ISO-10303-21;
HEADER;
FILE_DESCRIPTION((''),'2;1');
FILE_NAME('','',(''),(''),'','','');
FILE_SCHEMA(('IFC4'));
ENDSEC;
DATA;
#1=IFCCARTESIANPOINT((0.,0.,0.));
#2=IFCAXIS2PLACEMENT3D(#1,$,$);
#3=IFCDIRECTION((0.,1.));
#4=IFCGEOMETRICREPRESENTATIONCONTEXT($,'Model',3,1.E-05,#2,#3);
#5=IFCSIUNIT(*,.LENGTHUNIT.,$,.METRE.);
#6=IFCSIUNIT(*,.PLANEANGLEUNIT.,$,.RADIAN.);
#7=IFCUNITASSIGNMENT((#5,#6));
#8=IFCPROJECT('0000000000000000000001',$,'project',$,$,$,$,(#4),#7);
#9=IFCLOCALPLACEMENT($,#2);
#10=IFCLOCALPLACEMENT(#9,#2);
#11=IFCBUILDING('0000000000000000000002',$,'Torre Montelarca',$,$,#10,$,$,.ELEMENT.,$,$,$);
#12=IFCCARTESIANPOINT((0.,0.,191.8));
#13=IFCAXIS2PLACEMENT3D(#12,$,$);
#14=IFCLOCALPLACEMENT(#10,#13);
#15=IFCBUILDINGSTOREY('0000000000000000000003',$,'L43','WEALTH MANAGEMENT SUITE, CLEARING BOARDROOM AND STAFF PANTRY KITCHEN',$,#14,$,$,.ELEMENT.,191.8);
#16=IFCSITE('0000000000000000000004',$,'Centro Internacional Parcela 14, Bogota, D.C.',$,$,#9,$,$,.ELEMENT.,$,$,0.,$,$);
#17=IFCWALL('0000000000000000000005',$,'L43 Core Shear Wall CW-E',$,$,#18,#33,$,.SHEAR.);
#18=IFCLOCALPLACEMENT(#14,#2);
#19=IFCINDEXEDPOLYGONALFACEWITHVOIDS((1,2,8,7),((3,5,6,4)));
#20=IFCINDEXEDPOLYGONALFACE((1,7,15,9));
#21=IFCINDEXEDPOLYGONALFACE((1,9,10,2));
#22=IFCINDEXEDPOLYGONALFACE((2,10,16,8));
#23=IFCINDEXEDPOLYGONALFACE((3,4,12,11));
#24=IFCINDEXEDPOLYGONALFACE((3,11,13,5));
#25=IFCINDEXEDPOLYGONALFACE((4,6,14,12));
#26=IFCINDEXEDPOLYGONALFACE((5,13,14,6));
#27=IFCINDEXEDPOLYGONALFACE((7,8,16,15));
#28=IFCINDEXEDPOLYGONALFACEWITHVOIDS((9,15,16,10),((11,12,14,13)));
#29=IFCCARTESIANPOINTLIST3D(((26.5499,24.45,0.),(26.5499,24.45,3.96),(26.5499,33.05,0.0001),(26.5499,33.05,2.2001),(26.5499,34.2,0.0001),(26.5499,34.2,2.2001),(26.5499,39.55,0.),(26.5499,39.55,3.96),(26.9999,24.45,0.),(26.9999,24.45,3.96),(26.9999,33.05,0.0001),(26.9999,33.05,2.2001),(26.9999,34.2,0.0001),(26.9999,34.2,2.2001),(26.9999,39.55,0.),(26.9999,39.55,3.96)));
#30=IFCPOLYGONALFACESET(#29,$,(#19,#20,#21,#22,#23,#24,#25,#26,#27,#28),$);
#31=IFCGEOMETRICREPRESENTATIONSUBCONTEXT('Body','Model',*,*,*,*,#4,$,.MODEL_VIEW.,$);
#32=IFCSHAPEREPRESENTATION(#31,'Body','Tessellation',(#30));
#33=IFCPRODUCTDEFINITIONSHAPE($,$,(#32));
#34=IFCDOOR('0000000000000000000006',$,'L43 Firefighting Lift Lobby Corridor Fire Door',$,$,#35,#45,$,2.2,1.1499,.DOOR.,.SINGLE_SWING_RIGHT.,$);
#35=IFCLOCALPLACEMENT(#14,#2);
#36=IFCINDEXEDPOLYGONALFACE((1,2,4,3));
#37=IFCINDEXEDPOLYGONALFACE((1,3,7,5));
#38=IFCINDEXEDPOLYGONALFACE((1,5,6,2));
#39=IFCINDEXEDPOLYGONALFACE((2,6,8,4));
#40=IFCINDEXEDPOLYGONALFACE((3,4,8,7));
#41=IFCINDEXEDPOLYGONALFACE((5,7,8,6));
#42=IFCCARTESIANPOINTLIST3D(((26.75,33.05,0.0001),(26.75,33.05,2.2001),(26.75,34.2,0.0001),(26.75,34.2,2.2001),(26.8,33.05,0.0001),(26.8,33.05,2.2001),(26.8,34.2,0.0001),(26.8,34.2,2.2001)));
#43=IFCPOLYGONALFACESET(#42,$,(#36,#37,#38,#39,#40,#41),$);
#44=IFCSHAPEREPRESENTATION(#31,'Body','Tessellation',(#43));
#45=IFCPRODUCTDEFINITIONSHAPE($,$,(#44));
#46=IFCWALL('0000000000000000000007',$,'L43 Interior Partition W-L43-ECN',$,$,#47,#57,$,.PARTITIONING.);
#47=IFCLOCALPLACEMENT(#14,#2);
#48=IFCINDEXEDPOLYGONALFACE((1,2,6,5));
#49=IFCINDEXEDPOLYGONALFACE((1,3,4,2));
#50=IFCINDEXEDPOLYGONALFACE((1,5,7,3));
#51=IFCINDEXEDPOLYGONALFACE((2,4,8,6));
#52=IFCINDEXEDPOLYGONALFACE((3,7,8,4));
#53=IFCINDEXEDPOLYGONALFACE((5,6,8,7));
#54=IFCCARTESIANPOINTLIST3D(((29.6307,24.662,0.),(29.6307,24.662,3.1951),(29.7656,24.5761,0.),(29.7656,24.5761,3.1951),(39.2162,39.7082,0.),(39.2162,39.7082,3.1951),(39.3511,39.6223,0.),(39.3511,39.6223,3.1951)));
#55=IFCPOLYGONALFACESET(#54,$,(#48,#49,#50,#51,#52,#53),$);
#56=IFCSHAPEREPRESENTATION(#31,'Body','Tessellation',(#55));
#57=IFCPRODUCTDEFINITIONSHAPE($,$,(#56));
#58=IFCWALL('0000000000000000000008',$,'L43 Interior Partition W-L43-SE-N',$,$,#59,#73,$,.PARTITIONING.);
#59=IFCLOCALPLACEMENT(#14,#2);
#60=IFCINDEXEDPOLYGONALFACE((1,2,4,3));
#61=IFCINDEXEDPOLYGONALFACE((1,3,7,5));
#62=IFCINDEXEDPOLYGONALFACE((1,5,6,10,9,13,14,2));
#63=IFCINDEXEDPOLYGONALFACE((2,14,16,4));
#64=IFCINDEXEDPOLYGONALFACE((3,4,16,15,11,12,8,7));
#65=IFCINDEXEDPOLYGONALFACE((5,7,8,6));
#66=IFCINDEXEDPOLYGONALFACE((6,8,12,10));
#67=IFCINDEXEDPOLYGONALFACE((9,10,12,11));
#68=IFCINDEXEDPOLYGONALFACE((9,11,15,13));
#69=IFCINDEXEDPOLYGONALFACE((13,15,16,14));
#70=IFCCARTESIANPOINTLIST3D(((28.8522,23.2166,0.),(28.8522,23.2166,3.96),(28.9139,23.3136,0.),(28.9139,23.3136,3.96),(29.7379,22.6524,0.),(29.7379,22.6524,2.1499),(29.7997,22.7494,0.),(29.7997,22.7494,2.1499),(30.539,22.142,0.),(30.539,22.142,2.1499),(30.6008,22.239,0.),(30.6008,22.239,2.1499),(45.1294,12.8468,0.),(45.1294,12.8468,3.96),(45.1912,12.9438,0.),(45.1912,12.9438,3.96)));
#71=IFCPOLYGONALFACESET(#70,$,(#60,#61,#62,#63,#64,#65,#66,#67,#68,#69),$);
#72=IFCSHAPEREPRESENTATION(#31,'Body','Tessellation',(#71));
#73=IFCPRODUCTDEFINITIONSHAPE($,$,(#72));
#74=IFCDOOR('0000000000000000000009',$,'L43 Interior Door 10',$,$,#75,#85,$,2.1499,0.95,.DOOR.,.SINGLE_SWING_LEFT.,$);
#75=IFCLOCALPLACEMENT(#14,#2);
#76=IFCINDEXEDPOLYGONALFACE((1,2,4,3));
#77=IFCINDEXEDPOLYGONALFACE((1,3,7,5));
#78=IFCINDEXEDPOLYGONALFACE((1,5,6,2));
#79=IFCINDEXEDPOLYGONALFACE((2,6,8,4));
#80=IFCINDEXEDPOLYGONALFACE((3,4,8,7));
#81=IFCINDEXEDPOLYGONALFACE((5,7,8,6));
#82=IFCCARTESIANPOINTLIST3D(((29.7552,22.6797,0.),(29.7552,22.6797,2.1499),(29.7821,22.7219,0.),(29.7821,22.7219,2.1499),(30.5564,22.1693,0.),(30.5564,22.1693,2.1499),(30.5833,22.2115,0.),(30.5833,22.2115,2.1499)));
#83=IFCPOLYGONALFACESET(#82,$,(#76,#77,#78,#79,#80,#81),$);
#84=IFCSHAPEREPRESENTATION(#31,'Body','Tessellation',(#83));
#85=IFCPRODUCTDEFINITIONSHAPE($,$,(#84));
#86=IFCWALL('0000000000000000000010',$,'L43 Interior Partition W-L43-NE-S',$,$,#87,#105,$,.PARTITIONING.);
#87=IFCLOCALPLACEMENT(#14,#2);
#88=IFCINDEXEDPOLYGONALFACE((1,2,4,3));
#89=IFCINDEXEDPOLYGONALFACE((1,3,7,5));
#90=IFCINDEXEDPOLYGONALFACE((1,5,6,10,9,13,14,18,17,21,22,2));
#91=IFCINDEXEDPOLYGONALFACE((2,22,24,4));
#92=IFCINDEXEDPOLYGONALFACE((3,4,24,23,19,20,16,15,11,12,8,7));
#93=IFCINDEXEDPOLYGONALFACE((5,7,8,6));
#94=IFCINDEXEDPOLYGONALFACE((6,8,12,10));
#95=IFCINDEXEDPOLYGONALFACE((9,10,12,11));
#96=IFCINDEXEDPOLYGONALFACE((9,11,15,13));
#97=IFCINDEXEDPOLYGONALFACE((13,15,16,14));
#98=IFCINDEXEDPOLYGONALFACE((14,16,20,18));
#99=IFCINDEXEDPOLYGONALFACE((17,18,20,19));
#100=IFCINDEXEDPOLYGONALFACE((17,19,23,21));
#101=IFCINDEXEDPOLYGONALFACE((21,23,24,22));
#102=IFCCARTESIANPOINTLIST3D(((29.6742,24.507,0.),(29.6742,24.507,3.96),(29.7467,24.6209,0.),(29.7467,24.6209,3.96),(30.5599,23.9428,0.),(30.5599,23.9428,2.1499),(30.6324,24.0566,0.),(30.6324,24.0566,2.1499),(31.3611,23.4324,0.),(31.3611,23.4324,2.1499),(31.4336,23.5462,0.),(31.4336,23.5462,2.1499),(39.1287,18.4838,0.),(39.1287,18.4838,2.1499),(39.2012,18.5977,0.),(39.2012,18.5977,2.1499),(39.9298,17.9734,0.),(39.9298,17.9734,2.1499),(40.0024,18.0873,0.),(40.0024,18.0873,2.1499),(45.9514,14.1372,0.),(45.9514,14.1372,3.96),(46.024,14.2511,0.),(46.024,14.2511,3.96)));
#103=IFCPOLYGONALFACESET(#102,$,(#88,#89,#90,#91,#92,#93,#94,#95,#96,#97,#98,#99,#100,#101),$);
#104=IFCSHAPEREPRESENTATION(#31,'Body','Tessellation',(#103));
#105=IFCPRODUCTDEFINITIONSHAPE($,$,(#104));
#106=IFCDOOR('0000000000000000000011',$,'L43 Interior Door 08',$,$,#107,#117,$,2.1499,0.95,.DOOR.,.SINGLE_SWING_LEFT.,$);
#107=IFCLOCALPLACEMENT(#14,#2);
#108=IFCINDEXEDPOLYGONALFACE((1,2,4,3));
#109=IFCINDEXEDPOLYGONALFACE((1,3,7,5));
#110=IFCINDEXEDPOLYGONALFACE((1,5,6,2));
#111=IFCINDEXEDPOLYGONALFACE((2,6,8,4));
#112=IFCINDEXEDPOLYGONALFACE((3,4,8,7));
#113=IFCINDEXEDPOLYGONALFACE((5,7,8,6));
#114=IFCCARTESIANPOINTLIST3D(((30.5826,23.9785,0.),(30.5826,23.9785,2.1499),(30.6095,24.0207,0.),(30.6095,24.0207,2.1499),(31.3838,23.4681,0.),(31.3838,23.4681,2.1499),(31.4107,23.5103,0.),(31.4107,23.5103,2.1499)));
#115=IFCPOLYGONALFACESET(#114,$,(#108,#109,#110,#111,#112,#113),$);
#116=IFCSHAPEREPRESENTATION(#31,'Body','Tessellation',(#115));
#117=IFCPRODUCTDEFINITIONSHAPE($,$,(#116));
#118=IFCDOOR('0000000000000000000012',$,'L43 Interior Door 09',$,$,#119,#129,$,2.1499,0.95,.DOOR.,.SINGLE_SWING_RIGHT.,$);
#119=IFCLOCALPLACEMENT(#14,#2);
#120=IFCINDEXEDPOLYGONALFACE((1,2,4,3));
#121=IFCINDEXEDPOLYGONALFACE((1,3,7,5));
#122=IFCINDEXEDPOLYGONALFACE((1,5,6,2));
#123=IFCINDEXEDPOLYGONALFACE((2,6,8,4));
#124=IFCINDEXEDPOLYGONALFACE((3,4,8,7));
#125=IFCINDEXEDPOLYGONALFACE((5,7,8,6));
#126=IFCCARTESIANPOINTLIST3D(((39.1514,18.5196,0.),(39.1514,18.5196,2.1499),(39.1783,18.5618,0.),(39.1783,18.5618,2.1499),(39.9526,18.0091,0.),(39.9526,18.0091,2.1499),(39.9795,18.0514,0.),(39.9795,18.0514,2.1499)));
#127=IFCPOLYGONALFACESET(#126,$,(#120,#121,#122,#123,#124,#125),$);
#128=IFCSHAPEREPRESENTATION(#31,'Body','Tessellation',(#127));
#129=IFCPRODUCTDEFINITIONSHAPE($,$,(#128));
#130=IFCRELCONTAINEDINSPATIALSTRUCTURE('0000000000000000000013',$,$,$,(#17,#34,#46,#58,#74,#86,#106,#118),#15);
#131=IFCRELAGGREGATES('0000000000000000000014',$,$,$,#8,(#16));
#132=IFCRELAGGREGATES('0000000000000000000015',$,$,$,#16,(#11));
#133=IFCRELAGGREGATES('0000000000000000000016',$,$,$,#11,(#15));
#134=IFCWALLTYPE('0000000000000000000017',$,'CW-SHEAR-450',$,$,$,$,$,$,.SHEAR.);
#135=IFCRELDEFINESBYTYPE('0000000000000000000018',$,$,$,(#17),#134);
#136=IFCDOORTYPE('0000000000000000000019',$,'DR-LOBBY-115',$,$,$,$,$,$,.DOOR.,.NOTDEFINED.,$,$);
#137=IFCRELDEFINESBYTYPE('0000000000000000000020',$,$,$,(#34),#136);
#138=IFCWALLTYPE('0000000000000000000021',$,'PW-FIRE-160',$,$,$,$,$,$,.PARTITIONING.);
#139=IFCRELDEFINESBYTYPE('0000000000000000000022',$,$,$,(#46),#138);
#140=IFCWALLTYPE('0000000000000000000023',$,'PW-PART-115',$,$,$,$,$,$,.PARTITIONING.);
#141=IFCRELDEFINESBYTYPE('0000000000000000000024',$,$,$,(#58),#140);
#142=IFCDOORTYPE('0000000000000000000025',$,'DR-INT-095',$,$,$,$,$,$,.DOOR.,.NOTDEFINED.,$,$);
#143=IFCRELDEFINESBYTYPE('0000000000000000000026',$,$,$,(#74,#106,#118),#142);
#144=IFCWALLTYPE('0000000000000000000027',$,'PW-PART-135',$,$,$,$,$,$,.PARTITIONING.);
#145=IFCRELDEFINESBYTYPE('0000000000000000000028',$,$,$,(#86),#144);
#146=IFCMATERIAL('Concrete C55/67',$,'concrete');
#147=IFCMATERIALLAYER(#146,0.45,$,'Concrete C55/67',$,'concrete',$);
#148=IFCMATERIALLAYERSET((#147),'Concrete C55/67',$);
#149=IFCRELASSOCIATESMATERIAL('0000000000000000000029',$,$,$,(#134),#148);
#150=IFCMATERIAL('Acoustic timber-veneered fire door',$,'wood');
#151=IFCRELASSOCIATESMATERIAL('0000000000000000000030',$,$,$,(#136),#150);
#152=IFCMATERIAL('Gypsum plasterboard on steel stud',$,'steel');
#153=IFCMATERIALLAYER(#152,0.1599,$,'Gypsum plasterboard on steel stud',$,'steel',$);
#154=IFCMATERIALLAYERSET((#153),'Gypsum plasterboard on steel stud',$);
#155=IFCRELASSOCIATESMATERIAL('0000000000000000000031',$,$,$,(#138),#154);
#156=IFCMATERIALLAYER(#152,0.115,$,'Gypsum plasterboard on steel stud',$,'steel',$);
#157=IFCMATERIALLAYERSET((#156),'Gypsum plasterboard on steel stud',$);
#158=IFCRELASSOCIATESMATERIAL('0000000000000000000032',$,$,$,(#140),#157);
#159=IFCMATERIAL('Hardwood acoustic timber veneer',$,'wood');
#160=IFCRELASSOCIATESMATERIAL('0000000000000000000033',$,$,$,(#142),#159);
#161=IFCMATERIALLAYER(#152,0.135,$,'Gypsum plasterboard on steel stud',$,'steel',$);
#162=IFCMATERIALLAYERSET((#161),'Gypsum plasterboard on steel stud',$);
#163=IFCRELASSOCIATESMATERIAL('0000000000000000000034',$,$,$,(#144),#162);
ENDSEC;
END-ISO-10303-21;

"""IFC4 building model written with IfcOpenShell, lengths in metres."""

from ifc_helpers import new_model, si_unit, direction, frame, frame_2d, origin, place, context, subcontext, project, spatial, rectangle, extrude, source, transform, mapped, material, layer, layer_set, type_object, element, fill, save


model = new_model("IFC4")

# Units and contexts
model_context = context("Model", 3, precision=1e-05, world=origin(), true_north=direction((0.0, 1.0)))
body_context = subcontext(model_context, "Body", "Model", "MODEL_VIEW")
ifc_project = project(units=[si_unit("LENGTHUNIT", "METRE"), si_unit("PLANEANGLEUNIT", "RADIAN")], contexts=[model_context])

# Site, building, storey
site_placement = place(None, origin())
site = spatial("IfcSite", under=ifc_project, at=site_placement, Name="Centro Internacional Parcela 14, Bogota, D.C.", CompositionType="ELEMENT", RefElevation=0.0)
building_placement = place(site_placement, origin())
building = spatial("IfcBuilding", under=site, at=building_placement, Name="Torre Montelarca", CompositionType="ELEMENT")
storey_placement = place(building_placement, frame((0.0, 0.0, 191.8)))
storey = spatial("IfcBuildingStorey", under=building, at=storey_placement, Name="L43", Description="WEALTH MANAGEMENT SUITE, CLEARING BOARDROOM AND STAFF PANTRY KITCHEN", CompositionType="ELEMENT", Elevation=191.8)

# Shared definitions
ifc_material_1 = material(Name="Concrete C55/67", Category="concrete")

# Wall, opening, door
ifc_layer_1 = layer(ifc_material_1, 0.45, Name="Concrete C55/67", Category="concrete")
ifc_layer_set_1 = layer_set([ifc_layer_1], Name="Concrete C55/67")
wall_type_1 = type_object("IfcWallType", Name="CW-SHEAR-450", PredefinedType="SHEAR", material=ifc_layer_set_1)
wall_1_placement = place(storey_placement, frame((26.7749, 24.45, 0.0), z_axis=(0.0, 0.0, 1.0), x_axis=(0.0, 1.0, 0.0)))
wall_1 = element("IfcWall", 1, at=wall_1_placement, inside=storey, type_object=wall_type_1, Name="L43 Core Shear Wall CW-E", PredefinedType="SHEAR", context=body_context, shape_type="SweptSolid", body=[
    extrude(rectangle(XDim=15.1001, YDim=0.45, at=frame_2d((7.55, 0.0))), origin(), (0.0, 0.0, 1.0), 3.96),
])
opening_1_placement = place(wall_1_placement, frame((8.6001, 0.0, 0.0)))
opening_1 = element("IfcOpeningElement", 2, at=opening_1_placement, cuts=wall_1, PredefinedType="OPENING", context=body_context, shape_type="SweptSolid", body=[
    extrude(rectangle(XDim=1.1499, YDim=2.2, at=frame_2d((0.575, 1.1001))), frame((0.0, 0.2349, 0.0), z_axis=(0.0, -1.0, 0.0), x_axis=(1.0, 0.0, 0.0)), (0.0, 0.0, 1.0), 0.47),
])
ifc_material_2 = material(Name="Acoustic timber-veneered fire door", Category="wood")
door_type_1 = type_object("IfcDoorType", Name="DR-LOBBY-115", OperationType="NOTDEFINED", PredefinedType="DOOR", material=ifc_material_2)
shared_shape_1 = source(origin(), body_context, "Body", "SweptSolid", [
    extrude(rectangle(XDim=1.1499, YDim=2.2, at=frame_2d((0.575, 1.1001))), frame((0.0, 0.0249, 0.0), z_axis=(0.0, -1.0, 0.0), x_axis=(1.0, 0.0, 0.0)), (0.0, 0.0, 1.0), 0.05),
])
door_1_placement = place(opening_1_placement, origin())
door_1 = element("IfcDoor", 3, at=door_1_placement, inside=storey, type_object=door_type_1, Name="L43 Firefighting Lift Lobby Corridor Fire Door", OperationType="SINGLE_SWING_RIGHT", OverallHeight=2.2, OverallWidth=1.1499, PredefinedType="DOOR", context=body_context, shape_type="MappedRepresentation", body=[
    mapped(shared_shape_1, transform((0.0, 0.0, 0.0), scale=1.0)),
])
fill(opening_1, door_1)

# Wall
ifc_material_3 = material(Name="Gypsum plasterboard on steel stud", Category="steel")
ifc_layer_2 = layer(ifc_material_3, 0.1599, Name="Gypsum plasterboard on steel stud", Category="steel")
ifc_layer_set_2 = layer_set([ifc_layer_2], Name="Gypsum plasterboard on steel stud")
wall_type_2 = type_object("IfcWallType", Name="PW-FIRE-160", PredefinedType="PARTITIONING", material=ifc_layer_set_2)
wall_2_placement = place(storey_placement, frame((29.6982, 24.6191, 0.0), z_axis=(0.0, 0.0, 1.0), x_axis=(0.5373, 0.843391, 0.0)))
element("IfcWall", 4, at=wall_2_placement, inside=storey, type_object=wall_type_2, Name="L43 Interior Partition W-L43-ECN", PredefinedType="PARTITIONING", context=body_context, shape_type="SweptSolid", body=[
    extrude(rectangle(XDim=17.8401, YDim=0.1599, at=frame_2d((8.9199, 0.0))), origin(), (0.0, 0.0, 1.0), 3.1951),
])

# Wall, opening, door
ifc_layer_3 = layer(ifc_material_3, 0.115, Name="Gypsum plasterboard on steel stud", Category="steel")
ifc_layer_set_3 = layer_set([ifc_layer_3], Name="Gypsum plasterboard on steel stud")
wall_type_3 = type_object("IfcWallType", Name="PW-PART-115", PredefinedType="PARTITIONING", material=ifc_layer_set_3)
wall_3_placement = place(storey_placement, frame((28.8831, 23.2651, 0.0), z_axis=(0.0, 0.0, 1.0), x_axis=(0.84339, -0.537302, 0.0)))
wall_3 = element("IfcWall", 5, at=wall_3_placement, inside=storey, type_object=wall_type_3, Name="L43 Interior Partition W-L43-SE-N", PredefinedType="PARTITIONING", context=body_context, shape_type="SweptSolid", body=[
    extrude(rectangle(XDim=19.2998, YDim=0.115, at=frame_2d((9.6499, 0.0))), origin(), (0.0, 0.0, 1.0), 3.96),
])
opening_2_placement = place(wall_3_placement, frame((1.05, 0.0, 0.0)))
opening_2 = element("IfcOpeningElement", 6, at=opening_2_placement, cuts=wall_3, PredefinedType="OPENING", context=body_context, shape_type="SweptSolid", body=[
    extrude(rectangle(XDim=0.95, YDim=2.1499, at=frame_2d((0.4751, 1.075))), frame((0.0, 0.0674, 0.0), z_axis=(0.0, -1.0, 0.0), x_axis=(1.0, 0.0, 0.0)), (0.0, 0.0, 1.0), 0.135),
])
ifc_material_4 = material(Name="Hardwood acoustic timber veneer", Category="wood")
door_type_2 = type_object("IfcDoorType", Name="DR-INT-095", OperationType="NOTDEFINED", PredefinedType="DOOR", material=ifc_material_4)
shared_shape_2 = source(origin(), body_context, "Body", "SweptSolid", [
    extrude(rectangle(XDim=0.95, YDim=2.1499, at=frame_2d((0.4751, 1.075))), frame((0.0, 0.0249, 0.0), z_axis=(0.0, -1.0, 0.0), x_axis=(1.0, 0.0, 0.0)), (0.0, 0.0, 1.0), 0.05),
])
door_2_placement = place(opening_2_placement, origin())
door_2 = element("IfcDoor", 7, at=door_2_placement, inside=storey, type_object=door_type_2, Name="L43 Interior Door 10", OperationType="SINGLE_SWING_LEFT", OverallHeight=2.1499, OverallWidth=0.95, PredefinedType="DOOR", context=body_context, shape_type="MappedRepresentation", body=[
    mapped(shared_shape_2, transform((0.0, 0.0, 0.0), scale=1.0)),
])
fill(opening_2, door_2)

# Wall, openings, doors
ifc_layer_4 = layer(ifc_material_3, 0.135, Name="Gypsum plasterboard on steel stud", Category="steel")
ifc_layer_set_4 = layer_set([ifc_layer_4], Name="Gypsum plasterboard on steel stud")
wall_type_4 = type_object("IfcWallType", Name="PW-PART-135", PredefinedType="PARTITIONING", material=ifc_layer_set_4)
wall_4_placement = place(storey_placement, frame((29.7104, 24.564, 0.0), z_axis=(0.0, 0.0, 1.0), x_axis=(0.84339, -0.537302, 0.0)))
wall_4 = element("IfcWall", 8, at=wall_4_placement, inside=storey, type_object=wall_type_4, Name="L43 Interior Partition W-L43-NE-S", PredefinedType="PARTITIONING", context=body_context, shape_type="SweptSolid", body=[
    extrude(rectangle(XDim=19.2998, YDim=0.135, at=frame_2d((9.6499, 0.0))), origin(), (0.0, 0.0, 1.0), 3.96),
])
opening_3_placement = place(wall_4_placement, frame((1.05, 0.0, 0.0)))
opening_3 = element("IfcOpeningElement", 9, at=opening_3_placement, cuts=wall_4, PredefinedType="OPENING", context=body_context, shape_type="SweptSolid", body=[
    extrude(rectangle(XDim=0.95, YDim=2.1499, at=frame_2d((0.4751, 1.075))), frame((0.0, 0.0776, 0.0), z_axis=(0.0, -1.0, 0.0), x_axis=(1.0, 0.0, 0.0)), (0.0, 0.0, 1.0), 0.155),
])
opening_4_placement = place(wall_4_placement, frame((11.21, 0.0, 0.0)))
opening_4 = element("IfcOpeningElement", 10, at=opening_4_placement, cuts=wall_4, PredefinedType="OPENING", context=body_context, shape_type="SweptSolid", body=[
    extrude(rectangle(XDim=0.95, YDim=2.1499, at=frame_2d((0.4751, 1.075))), frame((0.0, 0.0776, 0.0), z_axis=(0.0, -1.0, 0.0), x_axis=(1.0, 0.0, 0.0)), (0.0, 0.0, 1.0), 0.155),
])
door_3_placement = place(opening_3_placement, origin())
door_3 = element("IfcDoor", 11, at=door_3_placement, inside=storey, type_object=door_type_2, Name="L43 Interior Door 08", OperationType="SINGLE_SWING_LEFT", OverallHeight=2.1499, OverallWidth=0.95, PredefinedType="DOOR", context=body_context, shape_type="MappedRepresentation", body=[
    mapped(shared_shape_2, transform((0.0, 0.0, 0.0), scale=1.0)),
])
fill(opening_3, door_3)
door_4_placement = place(opening_4_placement, origin())
door_4 = element("IfcDoor", 12, at=door_4_placement, inside=storey, type_object=door_type_2, Name="L43 Interior Door 09", OperationType="SINGLE_SWING_RIGHT", OverallHeight=2.1499, OverallWidth=0.95, PredefinedType="DOOR", context=body_context, shape_type="MappedRepresentation", body=[
    mapped(shared_shape_2, transform((0.0, 0.0, 0.0), scale=1.0)),
])
fill(opening_4, door_4)

save(model, "model.ifc")
